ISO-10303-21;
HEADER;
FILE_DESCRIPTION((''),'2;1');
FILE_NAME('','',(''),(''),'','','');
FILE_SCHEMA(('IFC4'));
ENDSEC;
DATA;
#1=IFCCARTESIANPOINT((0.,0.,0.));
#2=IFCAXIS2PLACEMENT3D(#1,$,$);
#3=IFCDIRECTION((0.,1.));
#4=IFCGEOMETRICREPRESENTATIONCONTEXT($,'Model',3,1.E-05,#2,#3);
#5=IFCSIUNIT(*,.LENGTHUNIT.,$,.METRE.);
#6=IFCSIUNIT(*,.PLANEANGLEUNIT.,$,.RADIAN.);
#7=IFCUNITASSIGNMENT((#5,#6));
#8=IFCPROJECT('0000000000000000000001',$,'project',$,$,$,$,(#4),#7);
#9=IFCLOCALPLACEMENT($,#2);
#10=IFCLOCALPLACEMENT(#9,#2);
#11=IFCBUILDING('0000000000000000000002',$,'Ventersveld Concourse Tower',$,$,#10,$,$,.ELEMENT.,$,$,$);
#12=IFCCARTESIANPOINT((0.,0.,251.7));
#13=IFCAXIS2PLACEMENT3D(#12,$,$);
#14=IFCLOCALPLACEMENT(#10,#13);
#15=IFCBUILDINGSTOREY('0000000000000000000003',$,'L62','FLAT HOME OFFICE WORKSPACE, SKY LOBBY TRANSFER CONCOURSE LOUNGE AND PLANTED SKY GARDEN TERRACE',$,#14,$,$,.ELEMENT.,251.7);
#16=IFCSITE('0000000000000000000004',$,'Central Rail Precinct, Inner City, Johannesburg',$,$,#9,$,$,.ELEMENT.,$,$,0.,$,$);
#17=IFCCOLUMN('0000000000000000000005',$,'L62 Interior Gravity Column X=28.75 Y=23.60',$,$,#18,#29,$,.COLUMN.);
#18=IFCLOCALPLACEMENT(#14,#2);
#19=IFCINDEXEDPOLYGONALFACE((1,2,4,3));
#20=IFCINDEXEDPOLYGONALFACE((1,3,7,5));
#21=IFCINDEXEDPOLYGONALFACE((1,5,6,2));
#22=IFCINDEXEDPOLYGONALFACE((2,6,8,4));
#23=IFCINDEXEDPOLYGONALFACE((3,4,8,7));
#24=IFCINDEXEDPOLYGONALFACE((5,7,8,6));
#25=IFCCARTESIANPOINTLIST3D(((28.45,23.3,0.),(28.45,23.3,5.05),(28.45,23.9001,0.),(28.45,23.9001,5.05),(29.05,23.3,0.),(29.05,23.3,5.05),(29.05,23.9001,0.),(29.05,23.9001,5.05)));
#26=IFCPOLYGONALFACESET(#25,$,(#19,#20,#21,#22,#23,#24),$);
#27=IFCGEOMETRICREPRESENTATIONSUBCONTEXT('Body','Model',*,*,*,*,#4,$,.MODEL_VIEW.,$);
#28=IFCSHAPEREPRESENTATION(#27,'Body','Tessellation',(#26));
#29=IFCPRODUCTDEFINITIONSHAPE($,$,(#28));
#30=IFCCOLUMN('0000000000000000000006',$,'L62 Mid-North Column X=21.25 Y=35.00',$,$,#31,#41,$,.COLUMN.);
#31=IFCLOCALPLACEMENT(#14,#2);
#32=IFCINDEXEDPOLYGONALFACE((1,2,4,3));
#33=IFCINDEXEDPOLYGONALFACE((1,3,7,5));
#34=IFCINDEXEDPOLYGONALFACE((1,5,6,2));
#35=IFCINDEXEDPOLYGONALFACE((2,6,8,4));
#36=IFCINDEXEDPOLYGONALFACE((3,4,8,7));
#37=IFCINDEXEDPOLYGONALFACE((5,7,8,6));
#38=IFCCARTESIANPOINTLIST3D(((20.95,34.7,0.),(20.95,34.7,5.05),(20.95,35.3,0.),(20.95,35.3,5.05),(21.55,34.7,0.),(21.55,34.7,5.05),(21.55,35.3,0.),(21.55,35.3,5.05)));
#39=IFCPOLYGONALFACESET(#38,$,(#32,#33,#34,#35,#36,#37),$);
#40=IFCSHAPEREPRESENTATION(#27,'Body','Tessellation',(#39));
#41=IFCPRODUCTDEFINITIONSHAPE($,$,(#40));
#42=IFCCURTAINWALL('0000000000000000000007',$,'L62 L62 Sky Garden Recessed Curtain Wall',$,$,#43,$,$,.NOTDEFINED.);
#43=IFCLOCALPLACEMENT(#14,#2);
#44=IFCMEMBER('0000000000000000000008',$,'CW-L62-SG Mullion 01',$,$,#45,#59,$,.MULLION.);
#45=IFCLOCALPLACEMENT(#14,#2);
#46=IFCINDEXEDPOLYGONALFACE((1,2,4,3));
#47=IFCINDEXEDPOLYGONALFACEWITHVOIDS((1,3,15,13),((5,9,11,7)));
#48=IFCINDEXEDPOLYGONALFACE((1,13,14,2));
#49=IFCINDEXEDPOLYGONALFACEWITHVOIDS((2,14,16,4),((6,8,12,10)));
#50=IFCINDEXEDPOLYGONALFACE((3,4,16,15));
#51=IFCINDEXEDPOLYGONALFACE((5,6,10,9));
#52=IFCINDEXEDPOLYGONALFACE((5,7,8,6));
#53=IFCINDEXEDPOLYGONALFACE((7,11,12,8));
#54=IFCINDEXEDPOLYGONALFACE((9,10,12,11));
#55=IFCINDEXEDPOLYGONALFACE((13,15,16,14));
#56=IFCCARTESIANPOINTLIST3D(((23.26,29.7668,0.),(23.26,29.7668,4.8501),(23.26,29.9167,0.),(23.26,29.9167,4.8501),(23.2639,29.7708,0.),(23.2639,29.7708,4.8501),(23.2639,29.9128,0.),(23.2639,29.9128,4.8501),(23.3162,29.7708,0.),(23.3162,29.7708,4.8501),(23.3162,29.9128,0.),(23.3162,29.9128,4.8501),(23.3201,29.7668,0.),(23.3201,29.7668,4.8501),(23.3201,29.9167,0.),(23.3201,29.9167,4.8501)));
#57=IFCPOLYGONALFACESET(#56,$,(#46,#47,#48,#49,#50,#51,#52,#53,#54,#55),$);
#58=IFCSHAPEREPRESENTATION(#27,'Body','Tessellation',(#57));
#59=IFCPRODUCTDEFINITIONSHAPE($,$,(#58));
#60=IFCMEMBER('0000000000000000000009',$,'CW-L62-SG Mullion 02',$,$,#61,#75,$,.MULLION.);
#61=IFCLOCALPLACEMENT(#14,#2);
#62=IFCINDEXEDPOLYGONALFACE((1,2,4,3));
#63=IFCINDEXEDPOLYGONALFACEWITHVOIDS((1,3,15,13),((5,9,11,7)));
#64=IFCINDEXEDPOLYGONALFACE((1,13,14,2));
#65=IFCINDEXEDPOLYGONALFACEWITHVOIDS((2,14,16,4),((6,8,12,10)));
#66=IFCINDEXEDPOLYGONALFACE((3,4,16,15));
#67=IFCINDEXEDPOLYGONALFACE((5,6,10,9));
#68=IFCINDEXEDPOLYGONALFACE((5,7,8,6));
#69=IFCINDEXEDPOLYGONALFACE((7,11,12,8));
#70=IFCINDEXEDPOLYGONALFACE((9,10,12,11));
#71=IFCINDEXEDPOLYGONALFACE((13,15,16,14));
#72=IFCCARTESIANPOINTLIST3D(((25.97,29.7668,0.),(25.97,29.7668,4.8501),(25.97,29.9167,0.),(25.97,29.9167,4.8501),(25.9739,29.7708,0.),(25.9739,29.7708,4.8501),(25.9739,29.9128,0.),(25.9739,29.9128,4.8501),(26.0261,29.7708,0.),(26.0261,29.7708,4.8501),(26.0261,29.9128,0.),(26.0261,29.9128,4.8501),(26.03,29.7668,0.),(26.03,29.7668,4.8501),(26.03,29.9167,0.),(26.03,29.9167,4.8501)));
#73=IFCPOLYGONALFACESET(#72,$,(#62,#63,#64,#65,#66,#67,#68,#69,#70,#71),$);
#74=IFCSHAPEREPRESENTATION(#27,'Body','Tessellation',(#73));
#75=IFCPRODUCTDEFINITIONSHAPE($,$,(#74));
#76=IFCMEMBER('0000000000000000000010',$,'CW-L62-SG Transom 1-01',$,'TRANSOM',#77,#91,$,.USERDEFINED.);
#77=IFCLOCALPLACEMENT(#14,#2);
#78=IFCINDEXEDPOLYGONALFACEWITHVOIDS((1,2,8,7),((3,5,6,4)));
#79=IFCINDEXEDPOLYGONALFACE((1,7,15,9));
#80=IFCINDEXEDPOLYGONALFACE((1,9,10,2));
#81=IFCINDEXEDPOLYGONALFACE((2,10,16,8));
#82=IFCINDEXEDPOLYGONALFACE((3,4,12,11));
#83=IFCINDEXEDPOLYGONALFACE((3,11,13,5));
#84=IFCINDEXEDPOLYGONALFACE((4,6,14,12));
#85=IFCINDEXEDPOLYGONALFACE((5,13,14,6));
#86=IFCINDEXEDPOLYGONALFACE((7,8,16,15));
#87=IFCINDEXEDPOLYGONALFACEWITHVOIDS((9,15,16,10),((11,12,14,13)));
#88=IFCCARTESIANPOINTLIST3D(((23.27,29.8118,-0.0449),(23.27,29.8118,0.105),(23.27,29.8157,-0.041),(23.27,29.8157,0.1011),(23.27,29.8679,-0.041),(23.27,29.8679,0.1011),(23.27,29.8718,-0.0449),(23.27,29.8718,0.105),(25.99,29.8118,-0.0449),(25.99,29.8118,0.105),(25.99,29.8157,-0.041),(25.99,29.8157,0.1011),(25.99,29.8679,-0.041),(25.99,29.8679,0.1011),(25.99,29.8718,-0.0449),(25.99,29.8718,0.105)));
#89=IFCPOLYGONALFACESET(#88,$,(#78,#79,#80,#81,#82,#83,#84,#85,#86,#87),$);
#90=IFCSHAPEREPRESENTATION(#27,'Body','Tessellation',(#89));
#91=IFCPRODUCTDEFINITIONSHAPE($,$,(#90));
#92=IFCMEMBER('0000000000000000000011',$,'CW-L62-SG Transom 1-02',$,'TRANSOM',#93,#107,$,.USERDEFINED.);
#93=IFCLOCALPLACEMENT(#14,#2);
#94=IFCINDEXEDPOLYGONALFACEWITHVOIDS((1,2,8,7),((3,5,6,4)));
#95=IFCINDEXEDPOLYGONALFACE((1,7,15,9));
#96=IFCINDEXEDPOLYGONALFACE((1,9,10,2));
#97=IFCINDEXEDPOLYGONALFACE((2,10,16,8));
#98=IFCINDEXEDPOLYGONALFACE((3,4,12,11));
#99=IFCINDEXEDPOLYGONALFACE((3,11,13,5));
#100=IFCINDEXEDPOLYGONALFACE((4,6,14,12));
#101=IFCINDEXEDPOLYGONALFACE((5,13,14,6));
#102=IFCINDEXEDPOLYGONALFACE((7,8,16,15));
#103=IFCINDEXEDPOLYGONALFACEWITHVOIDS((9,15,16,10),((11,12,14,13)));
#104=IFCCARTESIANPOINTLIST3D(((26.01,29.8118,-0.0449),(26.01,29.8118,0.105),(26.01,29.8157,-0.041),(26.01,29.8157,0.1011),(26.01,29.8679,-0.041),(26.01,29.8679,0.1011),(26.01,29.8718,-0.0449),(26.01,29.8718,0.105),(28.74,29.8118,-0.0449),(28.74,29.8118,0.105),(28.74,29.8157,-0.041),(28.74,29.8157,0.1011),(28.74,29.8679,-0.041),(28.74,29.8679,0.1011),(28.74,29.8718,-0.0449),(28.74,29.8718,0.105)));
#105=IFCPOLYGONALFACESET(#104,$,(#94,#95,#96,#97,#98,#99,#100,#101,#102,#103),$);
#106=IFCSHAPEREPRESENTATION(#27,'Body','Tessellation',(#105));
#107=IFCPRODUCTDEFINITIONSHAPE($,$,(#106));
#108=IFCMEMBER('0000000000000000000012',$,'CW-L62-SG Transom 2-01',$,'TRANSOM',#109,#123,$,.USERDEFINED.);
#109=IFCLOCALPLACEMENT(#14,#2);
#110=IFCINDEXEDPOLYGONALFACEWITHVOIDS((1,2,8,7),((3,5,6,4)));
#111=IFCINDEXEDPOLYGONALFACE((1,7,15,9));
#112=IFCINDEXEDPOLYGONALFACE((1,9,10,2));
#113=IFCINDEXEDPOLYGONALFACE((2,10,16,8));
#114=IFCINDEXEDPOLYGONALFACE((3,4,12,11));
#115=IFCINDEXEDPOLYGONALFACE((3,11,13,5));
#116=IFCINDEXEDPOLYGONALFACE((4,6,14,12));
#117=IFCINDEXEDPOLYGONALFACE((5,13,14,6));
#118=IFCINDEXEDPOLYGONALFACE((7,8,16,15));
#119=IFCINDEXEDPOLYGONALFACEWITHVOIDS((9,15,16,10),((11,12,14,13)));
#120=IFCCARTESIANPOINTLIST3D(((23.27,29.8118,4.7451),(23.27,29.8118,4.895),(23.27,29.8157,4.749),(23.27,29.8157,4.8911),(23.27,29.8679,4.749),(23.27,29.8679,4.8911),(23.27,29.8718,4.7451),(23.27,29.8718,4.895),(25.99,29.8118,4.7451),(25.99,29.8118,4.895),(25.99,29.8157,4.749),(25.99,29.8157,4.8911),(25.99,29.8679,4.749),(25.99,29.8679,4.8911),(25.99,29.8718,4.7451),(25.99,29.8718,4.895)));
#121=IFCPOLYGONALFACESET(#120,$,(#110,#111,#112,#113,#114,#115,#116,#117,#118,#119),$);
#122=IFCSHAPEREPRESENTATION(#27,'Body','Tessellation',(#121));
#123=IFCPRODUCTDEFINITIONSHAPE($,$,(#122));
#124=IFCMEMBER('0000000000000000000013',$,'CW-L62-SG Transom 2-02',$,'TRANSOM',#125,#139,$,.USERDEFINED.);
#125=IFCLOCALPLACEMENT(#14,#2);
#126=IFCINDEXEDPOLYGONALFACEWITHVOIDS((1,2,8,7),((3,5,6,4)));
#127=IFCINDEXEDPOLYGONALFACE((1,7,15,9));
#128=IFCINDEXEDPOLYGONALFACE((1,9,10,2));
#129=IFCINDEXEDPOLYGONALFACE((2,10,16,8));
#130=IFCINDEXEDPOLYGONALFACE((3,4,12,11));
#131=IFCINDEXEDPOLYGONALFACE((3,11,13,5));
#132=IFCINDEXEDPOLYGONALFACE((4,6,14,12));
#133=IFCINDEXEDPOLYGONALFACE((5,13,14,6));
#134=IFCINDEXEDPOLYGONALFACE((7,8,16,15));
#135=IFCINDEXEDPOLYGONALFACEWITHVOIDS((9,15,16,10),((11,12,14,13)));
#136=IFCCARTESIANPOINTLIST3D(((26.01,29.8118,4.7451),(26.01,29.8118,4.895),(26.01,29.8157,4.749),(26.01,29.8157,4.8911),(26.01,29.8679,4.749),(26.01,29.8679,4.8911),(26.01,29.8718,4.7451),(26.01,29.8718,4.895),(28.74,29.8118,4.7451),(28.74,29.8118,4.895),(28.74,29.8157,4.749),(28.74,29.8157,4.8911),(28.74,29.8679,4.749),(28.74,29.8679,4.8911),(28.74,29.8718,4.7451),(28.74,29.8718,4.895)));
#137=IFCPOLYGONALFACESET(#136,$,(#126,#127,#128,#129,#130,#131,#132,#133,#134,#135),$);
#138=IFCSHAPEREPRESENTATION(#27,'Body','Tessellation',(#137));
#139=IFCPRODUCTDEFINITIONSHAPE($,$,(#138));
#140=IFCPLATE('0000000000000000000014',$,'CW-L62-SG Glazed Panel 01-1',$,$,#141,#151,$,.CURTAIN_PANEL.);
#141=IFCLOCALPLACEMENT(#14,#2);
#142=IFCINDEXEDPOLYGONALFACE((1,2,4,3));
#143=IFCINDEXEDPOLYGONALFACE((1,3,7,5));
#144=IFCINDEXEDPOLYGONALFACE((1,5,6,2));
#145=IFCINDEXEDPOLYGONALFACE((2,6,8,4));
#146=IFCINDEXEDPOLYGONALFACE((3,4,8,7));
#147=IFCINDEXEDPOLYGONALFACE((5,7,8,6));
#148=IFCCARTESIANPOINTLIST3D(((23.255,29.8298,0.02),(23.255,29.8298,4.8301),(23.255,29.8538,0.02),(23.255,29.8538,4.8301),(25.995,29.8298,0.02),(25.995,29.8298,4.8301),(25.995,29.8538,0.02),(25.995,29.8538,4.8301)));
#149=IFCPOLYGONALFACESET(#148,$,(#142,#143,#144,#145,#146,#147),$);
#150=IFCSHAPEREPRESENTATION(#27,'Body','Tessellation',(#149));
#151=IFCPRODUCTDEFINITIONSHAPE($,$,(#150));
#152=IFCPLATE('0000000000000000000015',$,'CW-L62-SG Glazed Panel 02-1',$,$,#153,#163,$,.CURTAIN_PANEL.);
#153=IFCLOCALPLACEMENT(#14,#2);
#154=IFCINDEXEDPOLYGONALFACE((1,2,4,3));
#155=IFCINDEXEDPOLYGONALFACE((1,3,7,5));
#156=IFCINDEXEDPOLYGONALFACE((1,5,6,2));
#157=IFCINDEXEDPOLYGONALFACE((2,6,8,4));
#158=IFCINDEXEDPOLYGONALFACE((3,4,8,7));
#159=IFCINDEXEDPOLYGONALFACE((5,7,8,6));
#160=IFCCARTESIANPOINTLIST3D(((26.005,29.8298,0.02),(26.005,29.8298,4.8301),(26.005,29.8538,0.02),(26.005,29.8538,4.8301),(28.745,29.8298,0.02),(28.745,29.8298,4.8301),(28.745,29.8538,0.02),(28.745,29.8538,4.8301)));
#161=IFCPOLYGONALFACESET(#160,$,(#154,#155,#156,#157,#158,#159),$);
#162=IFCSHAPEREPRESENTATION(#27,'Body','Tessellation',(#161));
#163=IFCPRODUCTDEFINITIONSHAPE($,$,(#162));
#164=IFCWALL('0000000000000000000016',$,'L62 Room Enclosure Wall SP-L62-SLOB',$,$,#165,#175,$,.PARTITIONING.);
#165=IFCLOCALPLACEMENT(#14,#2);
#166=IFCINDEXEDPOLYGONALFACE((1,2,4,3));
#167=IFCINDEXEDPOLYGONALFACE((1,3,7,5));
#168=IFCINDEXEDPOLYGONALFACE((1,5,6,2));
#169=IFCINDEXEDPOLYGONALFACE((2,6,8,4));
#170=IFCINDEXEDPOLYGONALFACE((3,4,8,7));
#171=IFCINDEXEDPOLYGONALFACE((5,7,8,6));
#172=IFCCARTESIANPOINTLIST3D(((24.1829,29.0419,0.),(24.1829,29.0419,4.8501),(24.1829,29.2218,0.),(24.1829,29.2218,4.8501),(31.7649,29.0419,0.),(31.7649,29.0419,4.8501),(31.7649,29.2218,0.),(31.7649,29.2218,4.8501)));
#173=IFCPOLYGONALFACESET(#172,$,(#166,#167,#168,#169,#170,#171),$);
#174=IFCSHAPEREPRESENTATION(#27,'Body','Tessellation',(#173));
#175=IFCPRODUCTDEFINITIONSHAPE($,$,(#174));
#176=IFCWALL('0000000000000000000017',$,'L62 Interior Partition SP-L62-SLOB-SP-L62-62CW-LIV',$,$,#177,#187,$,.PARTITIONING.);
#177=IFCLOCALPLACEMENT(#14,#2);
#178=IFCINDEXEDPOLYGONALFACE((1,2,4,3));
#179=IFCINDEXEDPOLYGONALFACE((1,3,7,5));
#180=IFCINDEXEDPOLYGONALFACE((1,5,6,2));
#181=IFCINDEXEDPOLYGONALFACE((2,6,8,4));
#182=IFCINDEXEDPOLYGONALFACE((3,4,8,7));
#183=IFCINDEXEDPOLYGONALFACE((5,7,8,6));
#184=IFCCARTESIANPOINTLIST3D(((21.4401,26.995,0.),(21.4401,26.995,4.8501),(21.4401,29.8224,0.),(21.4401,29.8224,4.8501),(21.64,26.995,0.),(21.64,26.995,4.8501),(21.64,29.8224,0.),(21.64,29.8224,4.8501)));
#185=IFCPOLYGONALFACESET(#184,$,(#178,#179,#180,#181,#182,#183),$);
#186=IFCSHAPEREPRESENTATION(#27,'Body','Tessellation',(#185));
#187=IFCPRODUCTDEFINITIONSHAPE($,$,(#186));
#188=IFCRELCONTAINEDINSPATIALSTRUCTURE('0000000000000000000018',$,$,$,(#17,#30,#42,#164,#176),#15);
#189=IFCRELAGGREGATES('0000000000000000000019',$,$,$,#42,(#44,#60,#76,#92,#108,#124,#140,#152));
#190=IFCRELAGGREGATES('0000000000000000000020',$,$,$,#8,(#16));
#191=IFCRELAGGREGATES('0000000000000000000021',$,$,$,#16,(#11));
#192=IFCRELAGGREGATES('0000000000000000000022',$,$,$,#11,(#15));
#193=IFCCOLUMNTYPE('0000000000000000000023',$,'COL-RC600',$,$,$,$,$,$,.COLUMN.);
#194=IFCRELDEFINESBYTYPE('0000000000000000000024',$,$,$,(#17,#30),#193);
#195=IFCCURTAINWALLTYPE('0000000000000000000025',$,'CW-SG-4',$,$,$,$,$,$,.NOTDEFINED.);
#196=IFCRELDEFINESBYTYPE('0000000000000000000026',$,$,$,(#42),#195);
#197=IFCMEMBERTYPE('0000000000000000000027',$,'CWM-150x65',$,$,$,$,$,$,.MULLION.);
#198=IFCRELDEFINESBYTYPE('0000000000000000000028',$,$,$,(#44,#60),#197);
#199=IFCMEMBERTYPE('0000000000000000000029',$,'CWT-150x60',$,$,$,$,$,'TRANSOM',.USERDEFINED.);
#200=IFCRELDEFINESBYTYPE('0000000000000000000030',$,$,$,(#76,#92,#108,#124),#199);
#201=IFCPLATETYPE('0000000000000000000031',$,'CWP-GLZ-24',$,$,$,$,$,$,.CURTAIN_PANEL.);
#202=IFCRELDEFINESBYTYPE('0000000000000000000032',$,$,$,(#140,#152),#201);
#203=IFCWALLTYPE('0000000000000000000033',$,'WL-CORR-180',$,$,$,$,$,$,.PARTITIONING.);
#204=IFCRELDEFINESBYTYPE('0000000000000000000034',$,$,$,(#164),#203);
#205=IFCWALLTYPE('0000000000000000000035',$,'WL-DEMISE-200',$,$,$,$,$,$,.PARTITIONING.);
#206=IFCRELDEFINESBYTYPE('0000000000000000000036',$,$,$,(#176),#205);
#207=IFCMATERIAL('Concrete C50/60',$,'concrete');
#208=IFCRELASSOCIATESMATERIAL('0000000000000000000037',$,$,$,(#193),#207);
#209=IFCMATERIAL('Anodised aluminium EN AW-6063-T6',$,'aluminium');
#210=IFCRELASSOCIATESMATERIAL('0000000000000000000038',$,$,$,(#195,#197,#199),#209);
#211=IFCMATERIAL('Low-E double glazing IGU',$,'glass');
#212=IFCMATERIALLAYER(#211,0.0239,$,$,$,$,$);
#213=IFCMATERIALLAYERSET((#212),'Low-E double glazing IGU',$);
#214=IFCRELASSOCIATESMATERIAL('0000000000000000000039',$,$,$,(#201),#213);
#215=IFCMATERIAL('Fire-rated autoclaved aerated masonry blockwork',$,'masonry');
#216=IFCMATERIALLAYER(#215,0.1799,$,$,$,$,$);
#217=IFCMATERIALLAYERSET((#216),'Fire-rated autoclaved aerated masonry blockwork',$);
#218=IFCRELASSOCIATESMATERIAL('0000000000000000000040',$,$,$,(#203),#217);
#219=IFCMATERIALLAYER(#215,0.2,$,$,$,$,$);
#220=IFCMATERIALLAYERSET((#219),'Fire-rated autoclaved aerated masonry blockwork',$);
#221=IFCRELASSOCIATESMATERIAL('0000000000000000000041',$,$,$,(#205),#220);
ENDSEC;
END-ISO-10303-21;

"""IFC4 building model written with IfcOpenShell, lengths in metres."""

from ifc_helpers import new_model, si_unit, direction, frame, frame_2d, origin, origin_2d, place, context, subcontext, project, spatial, rectangle, hollow_rectangle, extrude, material, layer, layer_set, material_profile, profile_set, type_object, element, aggregate, save


model = new_model("IFC4")

# Units and contexts
model_context = context("Model", 3, precision=1e-05, world=origin(), true_north=direction((0.0, 1.0)))
body_context = subcontext(model_context, "Body", "Model", "MODEL_VIEW")
ifc_project = project(units=[si_unit("LENGTHUNIT", "METRE"), si_unit("PLANEANGLEUNIT", "RADIAN")], contexts=[model_context])

# Site, building, storey
site_placement = place(None, origin())
site = spatial("IfcSite", under=ifc_project, at=site_placement, Name="Central Rail Precinct, Inner City, Johannesburg", CompositionType="ELEMENT", RefElevation=0.0)
building_placement = place(site_placement, origin())
building = spatial("IfcBuilding", under=site, at=building_placement, Name="Ventersveld Concourse Tower", CompositionType="ELEMENT")
storey_placement = place(building_placement, frame((0.0, 0.0, 251.7)))
storey = spatial("IfcBuildingStorey", under=building, at=storey_placement, Name="L62", Description="FLAT HOME OFFICE WORKSPACE, SKY LOBBY TRANSFER CONCOURSE LOUNGE AND PLANTED SKY GARDEN TERRACE", CompositionType="ELEMENT", Elevation=251.7)

# Columns
ifc_material_1 = material(Name="Concrete C50/60", Category="concrete")
ifc_material_profile_1 = material_profile(ifc_material_1, rectangle(XDim=0.6001, YDim=0.6001, at=origin_2d()), Name="RC 600x600")
ifc_profile_set_1 = profile_set([ifc_material_profile_1], Name="Concrete C50/60")
column_type = type_object("IfcColumnType", Name="COL-RC600", PredefinedType="COLUMN", material=ifc_profile_set_1)
for number, where, z_axis, x_axis, name in (
    (1, (28.75, 23.6001, 0.0), (0.0, 0.0, 1.0), (1.0, 0.0, 0.0), "L62 Interior Gravity Column X=28.75 Y=23.60"),
    (2, (21.25, 35.0, 0.0), (0.0, 0.0, 1.0), (1.0, 0.0, 0.0), "L62 Mid-North Column X=21.25 Y=35.00"),
):
    element("IfcColumn", number, at=place(storey_placement, frame(where, z_axis=z_axis, x_axis=x_axis)), inside=storey, type_object=column_type, Name=name, PredefinedType="COLUMN", context=body_context, shape_type="SweptSolid", body=[
        extrude(rectangle(XDim=0.6001, YDim=0.6001, at=origin_2d()), origin(), (0.0, 0.0, 1.0), 5.05),
    ])

# Curtain wall, members, plates
ifc_material_2 = material(Name="Anodised aluminium EN AW-6063-T6", Category="aluminium")
curtain_wall_type = type_object("IfcCurtainWallType", Name="CW-SG-4", PredefinedType="NOTDEFINED", material=ifc_material_2)
curtain_wall_placement = place(storey_placement, origin())
curtain_wall = element("IfcCurtainWall", 3, at=curtain_wall_placement, inside=storey, type_object=curtain_wall_type, Name="L62 L62 Sky Garden Recessed Curtain Wall", PredefinedType="NOTDEFINED")
ifc_material_profile_2 = material_profile(ifc_material_2, hollow_rectangle(XDim=0.0601, YDim=0.1499, WallThickness=0.0039, at=origin_2d()), Name="ALU 150x60x4")
ifc_profile_set_2 = profile_set([ifc_material_profile_2], Name="Anodised aluminium EN AW-6063-T6")
member_type_1 = type_object("IfcMemberType", Name="CWM-150x65", PredefinedType="MULLION", material=ifc_profile_set_2)
member_1_placement = place(storey_placement, frame((23.29, 29.8418, 0.0), z_axis=(0.0, 0.0, 1.0), x_axis=(1.0, 0.0, 0.0)))
member_1 = element("IfcMember", 4, at=member_1_placement, type_object=member_type_1, Name="CW-L62-SG Mullion 01", PredefinedType="MULLION", context=body_context, shape_type="SweptSolid", body=[
    extrude(hollow_rectangle(XDim=0.0601, YDim=0.1499, WallThickness=0.0039, at=origin_2d()), origin(), (0.0, 0.0, 1.0), 4.8501),
])
member_2_placement = place(storey_placement, frame((26.0, 29.8418, 0.0), z_axis=(0.0, 0.0, 1.0), x_axis=(1.0, 0.0, 0.0)))
member_2 = element("IfcMember", 5, at=member_2_placement, type_object=member_type_1, Name="CW-L62-SG Mullion 02", PredefinedType="MULLION", context=body_context, shape_type="SweptSolid", body=[
    extrude(hollow_rectangle(XDim=0.0601, YDim=0.1499, WallThickness=0.0039, at=origin_2d()), origin(), (0.0, 0.0, 1.0), 4.8501),
])
ifc_material_profile_3 = material_profile(ifc_material_2, hollow_rectangle(XDim=0.0601, YDim=0.1499, WallThickness=0.0039, at=origin_2d()), Name="ALU 150x60x4")
ifc_profile_set_3 = profile_set([ifc_material_profile_3], Name="Anodised aluminium EN AW-6063-T6")
member_type_2 = type_object("IfcMemberType", Name="CWT-150x60", ElementType="TRANSOM", PredefinedType="USERDEFINED", material=ifc_profile_set_3)
member_3_placement = place(storey_placement, frame((23.27, 29.8418, 0.03), z_axis=(1.0, 0.0, 0.0), x_axis=(0.0, 1.0, 0.0)))
member_3 = element("IfcMember", 6, at=member_3_placement, type_object=member_type_2, Name="CW-L62-SG Transom 1-01", ObjectType="TRANSOM", PredefinedType="USERDEFINED", context=body_context, shape_type="SweptSolid", body=[
    extrude(hollow_rectangle(XDim=0.0601, YDim=0.1499, WallThickness=0.0039, at=origin_2d()), origin(), (0.0, 0.0, 1.0), 2.72),
])
member_4_placement = place(storey_placement, frame((26.01, 29.8418, 0.03), z_axis=(1.0, 0.0, 0.0), x_axis=(0.0, 1.0, 0.0)))
member_4 = element("IfcMember", 7, at=member_4_placement, type_object=member_type_2, Name="CW-L62-SG Transom 1-02", ObjectType="TRANSOM", PredefinedType="USERDEFINED", context=body_context, shape_type="SweptSolid", body=[
    extrude(hollow_rectangle(XDim=0.0601, YDim=0.1499, WallThickness=0.0039, at=origin_2d()), origin(), (0.0, 0.0, 1.0), 2.73),
])
member_5_placement = place(storey_placement, frame((23.27, 29.8418, 4.8201), z_axis=(1.0, 0.0, 0.0), x_axis=(0.0, 1.0, 0.0)))
member_5 = element("IfcMember", 8, at=member_5_placement, type_object=member_type_2, Name="CW-L62-SG Transom 2-01", ObjectType="TRANSOM", PredefinedType="USERDEFINED", context=body_context, shape_type="SweptSolid", body=[
    extrude(hollow_rectangle(XDim=0.0601, YDim=0.1499, WallThickness=0.0039, at=origin_2d()), origin(), (0.0, 0.0, 1.0), 2.72),
])
member_6_placement = place(storey_placement, frame((26.01, 29.8418, 4.8201), z_axis=(1.0, 0.0, 0.0), x_axis=(0.0, 1.0, 0.0)))
member_6 = element("IfcMember", 9, at=member_6_placement, type_object=member_type_2, Name="CW-L62-SG Transom 2-02", ObjectType="TRANSOM", PredefinedType="USERDEFINED", context=body_context, shape_type="SweptSolid", body=[
    extrude(hollow_rectangle(XDim=0.0601, YDim=0.1499, WallThickness=0.0039, at=origin_2d()), origin(), (0.0, 0.0, 1.0), 2.73),
])
ifc_material_3 = material(Name="Low-E double glazing IGU", Category="glass")
ifc_layer_1 = layer(ifc_material_3, 0.0239)
ifc_layer_set_1 = layer_set([ifc_layer_1], Name="Low-E double glazing IGU")
plate_type = type_object("IfcPlateType", Name="CWP-GLZ-24", PredefinedType="CURTAIN_PANEL", material=ifc_layer_set_1)
plate_1_placement = place(storey_placement, frame((24.625, 29.8418, 0.02), z_axis=(0.0, 0.0, 1.0), x_axis=(1.0, 0.0, 0.0)))
plate_1 = element("IfcPlate", 10, at=plate_1_placement, type_object=plate_type, Name="CW-L62-SG Glazed Panel 01-1", PredefinedType="CURTAIN_PANEL", context=body_context, shape_type="SweptSolid", body=[
    extrude(rectangle(XDim=2.74, YDim=0.0239, at=origin_2d()), origin(), (0.0, 0.0, 1.0), 4.8101),
])
plate_2_placement = place(storey_placement, frame((27.375, 29.8418, 0.02), z_axis=(0.0, 0.0, 1.0), x_axis=(1.0, 0.0, 0.0)))
plate_2 = element("IfcPlate", 11, at=plate_2_placement, type_object=plate_type, Name="CW-L62-SG Glazed Panel 02-1", PredefinedType="CURTAIN_PANEL", context=body_context, shape_type="SweptSolid", body=[
    extrude(rectangle(XDim=2.74, YDim=0.0239, at=origin_2d()), origin(), (0.0, 0.0, 1.0), 4.8101),
])
aggregate(curtain_wall, [member_1, member_2, member_3, member_4, member_5, member_6, plate_1, plate_2])

# Walls
ifc_material_4 = material(Name="Fire-rated autoclaved aerated masonry blockwork", Category="masonry")
ifc_layer_2 = layer(ifc_material_4, 0.1799)
ifc_layer_set_2 = layer_set([ifc_layer_2], Name="Fire-rated autoclaved aerated masonry blockwork")
wall_type_1 = type_object("IfcWallType", Name="WL-CORR-180", PredefinedType="PARTITIONING", material=ifc_layer_set_2)
wall_1_placement = place(storey_placement, frame((24.1829, 29.1318, 0.0), z_axis=(0.0, 0.0, 1.0), x_axis=(1.0, 0.0, 0.0)))
element("IfcWall", 12, at=wall_1_placement, inside=storey, type_object=wall_type_1, Name="L62 Room Enclosure Wall SP-L62-SLOB", PredefinedType="PARTITIONING", context=body_context, shape_type="SweptSolid", body=[
    extrude(rectangle(XDim=7.582, YDim=0.1799, at=frame_2d((3.791, 0.0))), origin(), (0.0, 0.0, 1.0), 4.8501),
])
ifc_layer_3 = layer(ifc_material_4, 0.2)
ifc_layer_set_3 = layer_set([ifc_layer_3], Name="Fire-rated autoclaved aerated masonry blockwork")
wall_type_2 = type_object("IfcWallType", Name="WL-DEMISE-200", PredefinedType="PARTITIONING", material=ifc_layer_set_3)
wall_2_placement = place(storey_placement, frame((21.54, 26.9951, 0.0), z_axis=(0.0, 0.0, 1.0), x_axis=(0.0, 1.0, 0.0)))
element("IfcWall", 13, at=wall_2_placement, inside=storey, type_object=wall_type_2, Name="L62 Interior Partition SP-L62-SLOB-SP-L62-62CW-LIV", PredefinedType="PARTITIONING", context=body_context, shape_type="SweptSolid", body=[
    extrude(rectangle(XDim=2.8274, YDim=0.2, at=frame_2d((1.4136, 0.0))), origin(), (0.0, 0.0, 1.0), 4.8501),
])

save(model, "model.ifc")
